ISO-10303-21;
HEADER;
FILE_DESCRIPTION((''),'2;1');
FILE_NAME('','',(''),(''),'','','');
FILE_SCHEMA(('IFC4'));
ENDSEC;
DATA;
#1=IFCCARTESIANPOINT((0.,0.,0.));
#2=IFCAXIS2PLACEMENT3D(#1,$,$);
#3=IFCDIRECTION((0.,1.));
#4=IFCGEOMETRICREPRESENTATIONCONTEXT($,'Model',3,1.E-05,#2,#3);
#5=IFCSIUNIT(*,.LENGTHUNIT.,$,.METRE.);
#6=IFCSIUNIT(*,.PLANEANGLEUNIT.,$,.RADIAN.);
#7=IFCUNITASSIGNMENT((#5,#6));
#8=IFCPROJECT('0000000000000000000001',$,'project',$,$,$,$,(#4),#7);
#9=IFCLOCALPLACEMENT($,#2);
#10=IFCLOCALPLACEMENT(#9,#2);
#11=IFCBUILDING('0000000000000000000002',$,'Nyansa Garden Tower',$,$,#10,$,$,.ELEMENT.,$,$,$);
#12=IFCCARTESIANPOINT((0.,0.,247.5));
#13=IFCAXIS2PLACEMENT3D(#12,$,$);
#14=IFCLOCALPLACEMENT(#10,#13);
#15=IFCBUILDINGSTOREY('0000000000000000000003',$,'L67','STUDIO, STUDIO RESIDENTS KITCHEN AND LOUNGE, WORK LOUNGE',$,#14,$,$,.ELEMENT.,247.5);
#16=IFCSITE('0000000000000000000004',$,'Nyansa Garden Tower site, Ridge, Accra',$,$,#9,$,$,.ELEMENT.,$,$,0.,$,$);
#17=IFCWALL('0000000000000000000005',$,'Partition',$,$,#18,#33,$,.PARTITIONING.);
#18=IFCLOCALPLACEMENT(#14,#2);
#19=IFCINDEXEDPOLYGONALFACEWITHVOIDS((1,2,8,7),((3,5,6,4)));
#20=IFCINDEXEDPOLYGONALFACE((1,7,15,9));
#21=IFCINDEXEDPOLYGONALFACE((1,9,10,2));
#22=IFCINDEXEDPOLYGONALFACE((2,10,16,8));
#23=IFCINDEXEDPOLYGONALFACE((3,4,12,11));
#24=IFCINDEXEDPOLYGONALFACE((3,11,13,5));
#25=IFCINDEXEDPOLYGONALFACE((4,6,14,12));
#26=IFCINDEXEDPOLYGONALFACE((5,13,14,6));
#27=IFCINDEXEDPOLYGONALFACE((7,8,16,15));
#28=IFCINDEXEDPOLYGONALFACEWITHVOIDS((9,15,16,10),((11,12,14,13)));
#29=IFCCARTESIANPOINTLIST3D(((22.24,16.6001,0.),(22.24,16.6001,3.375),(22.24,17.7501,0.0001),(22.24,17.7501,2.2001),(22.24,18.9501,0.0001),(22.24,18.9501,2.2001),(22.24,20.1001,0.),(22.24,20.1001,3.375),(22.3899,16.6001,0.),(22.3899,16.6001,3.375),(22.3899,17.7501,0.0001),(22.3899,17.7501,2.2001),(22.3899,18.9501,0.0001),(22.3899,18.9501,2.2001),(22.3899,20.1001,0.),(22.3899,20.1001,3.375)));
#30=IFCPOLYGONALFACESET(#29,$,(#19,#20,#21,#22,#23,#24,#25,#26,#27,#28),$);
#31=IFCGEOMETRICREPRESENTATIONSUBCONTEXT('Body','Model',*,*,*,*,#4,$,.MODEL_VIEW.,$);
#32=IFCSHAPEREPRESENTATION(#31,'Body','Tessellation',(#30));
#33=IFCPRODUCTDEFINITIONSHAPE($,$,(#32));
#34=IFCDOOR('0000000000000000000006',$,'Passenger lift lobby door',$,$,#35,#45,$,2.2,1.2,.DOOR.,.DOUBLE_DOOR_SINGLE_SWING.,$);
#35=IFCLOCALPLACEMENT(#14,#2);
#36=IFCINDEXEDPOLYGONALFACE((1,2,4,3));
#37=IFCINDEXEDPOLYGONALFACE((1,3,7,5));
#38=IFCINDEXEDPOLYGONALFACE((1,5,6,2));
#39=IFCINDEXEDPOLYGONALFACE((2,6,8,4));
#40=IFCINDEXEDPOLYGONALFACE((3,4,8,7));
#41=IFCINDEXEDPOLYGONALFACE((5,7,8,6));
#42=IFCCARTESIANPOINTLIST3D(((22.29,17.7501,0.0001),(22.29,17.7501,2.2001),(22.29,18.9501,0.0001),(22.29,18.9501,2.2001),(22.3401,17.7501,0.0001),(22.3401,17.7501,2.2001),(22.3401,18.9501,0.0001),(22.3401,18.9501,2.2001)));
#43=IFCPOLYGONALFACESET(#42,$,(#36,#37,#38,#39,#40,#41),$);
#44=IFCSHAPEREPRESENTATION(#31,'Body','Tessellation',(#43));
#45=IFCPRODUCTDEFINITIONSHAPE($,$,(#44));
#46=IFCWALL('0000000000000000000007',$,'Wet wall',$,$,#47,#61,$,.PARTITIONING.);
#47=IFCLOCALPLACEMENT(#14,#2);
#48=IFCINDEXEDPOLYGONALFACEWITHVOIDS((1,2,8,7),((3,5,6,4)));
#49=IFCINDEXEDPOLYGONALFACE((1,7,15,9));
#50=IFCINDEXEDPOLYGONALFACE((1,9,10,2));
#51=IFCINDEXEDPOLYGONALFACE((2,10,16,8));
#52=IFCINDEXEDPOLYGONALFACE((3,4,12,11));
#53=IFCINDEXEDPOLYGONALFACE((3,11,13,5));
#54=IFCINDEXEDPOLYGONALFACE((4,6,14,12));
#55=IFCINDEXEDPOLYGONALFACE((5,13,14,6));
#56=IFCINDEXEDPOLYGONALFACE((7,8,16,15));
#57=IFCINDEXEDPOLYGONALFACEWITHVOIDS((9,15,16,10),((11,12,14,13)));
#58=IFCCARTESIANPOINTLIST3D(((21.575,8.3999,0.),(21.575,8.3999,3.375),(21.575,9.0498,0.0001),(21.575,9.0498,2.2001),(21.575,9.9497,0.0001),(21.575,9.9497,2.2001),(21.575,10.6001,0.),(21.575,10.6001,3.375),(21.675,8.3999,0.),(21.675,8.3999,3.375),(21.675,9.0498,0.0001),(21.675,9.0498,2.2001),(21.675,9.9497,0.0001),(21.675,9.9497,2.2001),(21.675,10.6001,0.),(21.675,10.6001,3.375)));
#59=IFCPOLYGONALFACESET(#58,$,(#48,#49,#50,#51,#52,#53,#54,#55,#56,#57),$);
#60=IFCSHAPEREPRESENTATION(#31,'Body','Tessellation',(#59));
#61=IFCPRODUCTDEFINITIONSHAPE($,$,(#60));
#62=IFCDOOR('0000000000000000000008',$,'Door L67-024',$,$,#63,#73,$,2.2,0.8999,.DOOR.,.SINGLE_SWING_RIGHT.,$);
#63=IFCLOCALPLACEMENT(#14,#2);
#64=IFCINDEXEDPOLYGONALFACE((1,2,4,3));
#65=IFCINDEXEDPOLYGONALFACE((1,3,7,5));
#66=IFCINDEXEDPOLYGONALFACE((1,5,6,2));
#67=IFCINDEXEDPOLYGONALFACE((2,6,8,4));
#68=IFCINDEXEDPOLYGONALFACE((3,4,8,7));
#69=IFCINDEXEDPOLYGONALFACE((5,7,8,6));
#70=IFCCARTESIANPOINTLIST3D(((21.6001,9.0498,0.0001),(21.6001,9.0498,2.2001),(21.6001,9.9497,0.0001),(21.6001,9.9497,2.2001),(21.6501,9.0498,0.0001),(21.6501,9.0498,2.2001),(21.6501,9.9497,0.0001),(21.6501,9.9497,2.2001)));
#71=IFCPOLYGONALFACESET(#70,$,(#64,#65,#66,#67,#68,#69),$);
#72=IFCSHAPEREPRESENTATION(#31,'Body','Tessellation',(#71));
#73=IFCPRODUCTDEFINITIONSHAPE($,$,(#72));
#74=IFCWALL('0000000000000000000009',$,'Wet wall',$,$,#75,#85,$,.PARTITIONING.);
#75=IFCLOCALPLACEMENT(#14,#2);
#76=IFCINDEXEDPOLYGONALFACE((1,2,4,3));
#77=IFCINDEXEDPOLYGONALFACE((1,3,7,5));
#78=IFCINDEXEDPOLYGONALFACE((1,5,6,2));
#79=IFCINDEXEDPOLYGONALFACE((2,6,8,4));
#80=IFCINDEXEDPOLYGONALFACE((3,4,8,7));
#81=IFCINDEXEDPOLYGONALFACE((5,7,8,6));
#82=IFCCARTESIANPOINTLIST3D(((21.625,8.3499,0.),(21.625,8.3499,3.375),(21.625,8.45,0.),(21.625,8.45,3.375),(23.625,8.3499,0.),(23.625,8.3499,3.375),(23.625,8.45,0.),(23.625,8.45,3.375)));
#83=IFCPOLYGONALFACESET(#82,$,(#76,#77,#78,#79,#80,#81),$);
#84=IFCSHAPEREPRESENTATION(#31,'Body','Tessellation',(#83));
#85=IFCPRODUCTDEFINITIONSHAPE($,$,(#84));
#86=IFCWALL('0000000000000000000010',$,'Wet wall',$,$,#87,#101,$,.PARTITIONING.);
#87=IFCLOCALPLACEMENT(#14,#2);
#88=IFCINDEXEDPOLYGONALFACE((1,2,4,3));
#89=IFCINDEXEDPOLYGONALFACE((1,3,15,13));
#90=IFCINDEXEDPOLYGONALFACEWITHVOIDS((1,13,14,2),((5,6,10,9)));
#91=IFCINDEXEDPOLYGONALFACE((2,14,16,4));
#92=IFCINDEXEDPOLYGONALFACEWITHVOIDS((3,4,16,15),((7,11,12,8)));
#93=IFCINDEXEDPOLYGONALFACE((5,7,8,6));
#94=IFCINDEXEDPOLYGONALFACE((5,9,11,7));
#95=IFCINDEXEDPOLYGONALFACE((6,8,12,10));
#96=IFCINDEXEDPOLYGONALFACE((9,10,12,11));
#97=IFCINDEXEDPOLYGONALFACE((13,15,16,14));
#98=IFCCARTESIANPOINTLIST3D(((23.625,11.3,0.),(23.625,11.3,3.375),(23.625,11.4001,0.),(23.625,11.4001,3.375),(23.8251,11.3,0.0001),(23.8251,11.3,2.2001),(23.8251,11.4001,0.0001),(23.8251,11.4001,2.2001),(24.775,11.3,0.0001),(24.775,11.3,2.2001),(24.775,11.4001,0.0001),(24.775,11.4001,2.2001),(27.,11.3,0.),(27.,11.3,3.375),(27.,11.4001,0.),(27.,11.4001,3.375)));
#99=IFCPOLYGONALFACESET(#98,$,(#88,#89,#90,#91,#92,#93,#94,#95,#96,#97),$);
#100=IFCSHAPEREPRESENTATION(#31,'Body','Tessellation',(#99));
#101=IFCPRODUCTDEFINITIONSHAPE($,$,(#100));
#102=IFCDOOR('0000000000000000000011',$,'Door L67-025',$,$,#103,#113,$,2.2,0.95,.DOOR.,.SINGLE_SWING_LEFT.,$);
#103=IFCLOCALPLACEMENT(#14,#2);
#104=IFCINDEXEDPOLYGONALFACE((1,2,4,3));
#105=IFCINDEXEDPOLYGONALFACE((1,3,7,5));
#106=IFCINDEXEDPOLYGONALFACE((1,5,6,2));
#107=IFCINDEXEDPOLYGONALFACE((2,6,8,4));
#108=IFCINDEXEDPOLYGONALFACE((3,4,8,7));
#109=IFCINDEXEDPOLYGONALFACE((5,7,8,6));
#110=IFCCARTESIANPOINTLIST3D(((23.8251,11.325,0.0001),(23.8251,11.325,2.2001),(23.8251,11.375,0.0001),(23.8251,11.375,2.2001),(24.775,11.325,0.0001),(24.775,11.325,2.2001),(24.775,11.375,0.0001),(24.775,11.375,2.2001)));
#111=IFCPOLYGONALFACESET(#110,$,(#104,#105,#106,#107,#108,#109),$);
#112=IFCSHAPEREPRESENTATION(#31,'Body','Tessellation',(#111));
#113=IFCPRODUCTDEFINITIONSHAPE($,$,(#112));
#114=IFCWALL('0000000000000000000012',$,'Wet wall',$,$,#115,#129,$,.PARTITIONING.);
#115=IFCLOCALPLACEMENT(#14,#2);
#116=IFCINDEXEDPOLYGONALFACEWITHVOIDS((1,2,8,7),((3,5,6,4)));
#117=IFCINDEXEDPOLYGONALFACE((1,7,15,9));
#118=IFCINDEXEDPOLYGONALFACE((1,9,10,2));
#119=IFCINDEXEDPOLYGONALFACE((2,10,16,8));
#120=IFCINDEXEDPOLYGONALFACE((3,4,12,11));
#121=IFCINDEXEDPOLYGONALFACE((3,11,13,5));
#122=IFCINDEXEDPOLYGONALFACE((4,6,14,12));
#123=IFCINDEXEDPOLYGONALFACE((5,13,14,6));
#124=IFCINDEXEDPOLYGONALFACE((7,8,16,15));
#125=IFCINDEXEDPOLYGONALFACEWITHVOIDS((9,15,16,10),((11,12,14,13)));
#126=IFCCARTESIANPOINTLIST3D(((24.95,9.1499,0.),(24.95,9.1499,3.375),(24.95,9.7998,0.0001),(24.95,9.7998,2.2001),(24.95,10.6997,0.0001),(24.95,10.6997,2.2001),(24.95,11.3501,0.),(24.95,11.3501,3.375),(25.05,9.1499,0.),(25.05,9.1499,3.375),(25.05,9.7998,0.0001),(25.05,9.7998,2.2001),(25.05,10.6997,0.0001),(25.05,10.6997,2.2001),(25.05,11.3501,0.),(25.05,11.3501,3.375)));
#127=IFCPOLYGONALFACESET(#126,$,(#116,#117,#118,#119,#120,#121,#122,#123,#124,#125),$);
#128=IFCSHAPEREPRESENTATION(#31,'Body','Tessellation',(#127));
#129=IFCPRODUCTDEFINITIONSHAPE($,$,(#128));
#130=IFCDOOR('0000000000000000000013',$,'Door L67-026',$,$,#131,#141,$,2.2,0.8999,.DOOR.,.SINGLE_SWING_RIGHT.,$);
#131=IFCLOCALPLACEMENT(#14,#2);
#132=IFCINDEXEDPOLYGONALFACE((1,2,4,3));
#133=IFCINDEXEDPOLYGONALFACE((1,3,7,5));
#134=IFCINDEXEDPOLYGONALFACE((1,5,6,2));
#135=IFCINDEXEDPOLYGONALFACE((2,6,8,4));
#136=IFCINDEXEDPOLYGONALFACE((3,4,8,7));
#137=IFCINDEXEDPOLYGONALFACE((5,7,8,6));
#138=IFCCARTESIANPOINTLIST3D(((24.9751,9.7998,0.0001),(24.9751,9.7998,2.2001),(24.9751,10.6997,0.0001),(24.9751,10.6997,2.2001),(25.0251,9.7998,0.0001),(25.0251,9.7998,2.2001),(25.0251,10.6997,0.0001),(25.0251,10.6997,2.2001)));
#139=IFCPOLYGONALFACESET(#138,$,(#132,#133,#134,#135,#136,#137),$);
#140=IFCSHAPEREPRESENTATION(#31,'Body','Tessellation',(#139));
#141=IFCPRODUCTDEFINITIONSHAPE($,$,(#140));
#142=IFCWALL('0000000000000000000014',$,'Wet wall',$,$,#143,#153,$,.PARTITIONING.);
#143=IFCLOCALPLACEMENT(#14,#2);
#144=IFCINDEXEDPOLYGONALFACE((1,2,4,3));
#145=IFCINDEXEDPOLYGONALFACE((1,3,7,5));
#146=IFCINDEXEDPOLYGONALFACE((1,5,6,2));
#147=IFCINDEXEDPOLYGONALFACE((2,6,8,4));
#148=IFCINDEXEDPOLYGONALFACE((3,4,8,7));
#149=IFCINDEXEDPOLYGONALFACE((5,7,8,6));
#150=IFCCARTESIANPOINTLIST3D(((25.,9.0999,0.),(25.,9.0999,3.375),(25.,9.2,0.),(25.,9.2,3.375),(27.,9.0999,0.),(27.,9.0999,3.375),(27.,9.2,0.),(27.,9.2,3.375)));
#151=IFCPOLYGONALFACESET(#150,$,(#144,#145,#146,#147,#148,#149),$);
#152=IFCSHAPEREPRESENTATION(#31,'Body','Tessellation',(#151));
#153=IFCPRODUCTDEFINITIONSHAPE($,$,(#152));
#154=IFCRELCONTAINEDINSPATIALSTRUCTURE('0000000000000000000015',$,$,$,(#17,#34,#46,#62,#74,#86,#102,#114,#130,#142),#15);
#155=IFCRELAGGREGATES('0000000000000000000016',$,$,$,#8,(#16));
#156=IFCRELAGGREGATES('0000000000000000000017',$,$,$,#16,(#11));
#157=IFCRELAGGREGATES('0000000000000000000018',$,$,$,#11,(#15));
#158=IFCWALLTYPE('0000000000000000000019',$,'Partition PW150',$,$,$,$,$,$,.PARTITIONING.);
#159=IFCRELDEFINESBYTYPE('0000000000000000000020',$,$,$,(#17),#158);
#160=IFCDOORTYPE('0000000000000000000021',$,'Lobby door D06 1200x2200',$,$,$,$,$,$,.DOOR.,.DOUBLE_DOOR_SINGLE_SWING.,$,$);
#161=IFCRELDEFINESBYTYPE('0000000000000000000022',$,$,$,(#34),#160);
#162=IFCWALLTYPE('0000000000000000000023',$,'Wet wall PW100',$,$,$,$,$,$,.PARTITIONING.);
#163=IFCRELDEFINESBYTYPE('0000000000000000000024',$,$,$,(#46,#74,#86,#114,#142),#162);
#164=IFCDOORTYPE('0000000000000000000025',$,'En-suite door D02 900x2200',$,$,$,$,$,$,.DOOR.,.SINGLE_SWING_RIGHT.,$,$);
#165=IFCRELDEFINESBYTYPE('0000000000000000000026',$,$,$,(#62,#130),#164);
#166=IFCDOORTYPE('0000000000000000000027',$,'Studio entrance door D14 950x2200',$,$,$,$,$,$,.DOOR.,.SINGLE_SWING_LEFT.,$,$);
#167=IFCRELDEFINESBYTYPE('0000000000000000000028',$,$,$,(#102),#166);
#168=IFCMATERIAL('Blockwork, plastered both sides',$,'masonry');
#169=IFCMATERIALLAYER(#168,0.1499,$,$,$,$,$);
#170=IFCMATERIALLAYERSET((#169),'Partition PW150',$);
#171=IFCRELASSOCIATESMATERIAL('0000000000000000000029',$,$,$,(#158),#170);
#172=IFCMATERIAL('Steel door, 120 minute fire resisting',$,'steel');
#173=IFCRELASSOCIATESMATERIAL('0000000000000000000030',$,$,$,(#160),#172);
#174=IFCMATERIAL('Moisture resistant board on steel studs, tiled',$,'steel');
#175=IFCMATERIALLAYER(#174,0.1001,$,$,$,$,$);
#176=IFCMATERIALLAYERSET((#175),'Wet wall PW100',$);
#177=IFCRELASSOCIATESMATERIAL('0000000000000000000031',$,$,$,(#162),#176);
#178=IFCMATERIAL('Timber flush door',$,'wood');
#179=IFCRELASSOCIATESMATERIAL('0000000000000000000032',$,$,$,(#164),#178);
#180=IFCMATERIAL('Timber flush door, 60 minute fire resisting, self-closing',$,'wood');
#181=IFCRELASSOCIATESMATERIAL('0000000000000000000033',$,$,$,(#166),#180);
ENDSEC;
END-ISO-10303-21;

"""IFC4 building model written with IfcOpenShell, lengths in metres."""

from ifc_helpers import new_model, si_unit, direction, frame, frame_2d, origin, place, context, subcontext, project, spatial, rectangle, extrude, material, layer, layer_set, type_object, element, fill, save


model = new_model("IFC4")

# Units and contexts
model_context = context("Model", 3, precision=1e-05, world=origin(), true_north=direction((0.0, 1.0)))
body_context = subcontext(model_context, "Body", "Model", "MODEL_VIEW")
ifc_project = project(units=[si_unit("LENGTHUNIT", "METRE"), si_unit("PLANEANGLEUNIT", "RADIAN")], contexts=[model_context])

# Site, building, storey
site_placement = place(None, origin())
site = spatial("IfcSite", under=ifc_project, at=site_placement, Name="Nyansa Garden Tower site, Ridge, Accra", CompositionType="ELEMENT", RefElevation=0.0)
building_placement = place(site_placement, origin())
building = spatial("IfcBuilding", under=site, at=building_placement, Name="Nyansa Garden Tower", CompositionType="ELEMENT")
storey_placement = place(building_placement, frame((0.0, 0.0, 247.5)))
storey = spatial("IfcBuildingStorey", under=building, at=storey_placement, Name="L67", Description="STUDIO, STUDIO RESIDENTS KITCHEN AND LOUNGE, WORK LOUNGE", CompositionType="ELEMENT", Elevation=247.5)

# Walls, openings, doors
ifc_material_1 = material(Name="Blockwork, plastered both sides", Category="masonry")
ifc_layer_1 = layer(ifc_material_1, 0.1499)
ifc_layer_set_1 = layer_set([ifc_layer_1], Name="Partition PW150")
wall_type_1 = type_object("IfcWallType", Name="Partition PW150", PredefinedType="PARTITIONING", material=ifc_layer_set_1)
ifc_material_2 = material(Name="Steel door, 120 minute fire resisting", Category="steel")
door_type_1 = type_object("IfcDoorType", Name="Lobby door D06 1200x2200", OperationType="DOUBLE_DOOR_SINGLE_SWING", PredefinedType="DOOR", material=ifc_material_2)
wall_1_placement = place(storey_placement, frame((22.3149, 16.6001, 0.0), z_axis=(0.0, 0.0, 1.0), x_axis=(0.0, 1.0, 0.0)))
wall_1 = element("IfcWall", 1, at=wall_1_placement, inside=storey, type_object=wall_type_1, Name="Partition", PredefinedType="PARTITIONING", context=body_context, shape_type="SweptSolid", body=[
    extrude(rectangle(XDim=3.5, YDim=0.1499, at=frame_2d((1.75, 0.0))), origin(), (0.0, 0.0, 1.0), 3.375),
])
opening_1_placement = place(wall_1_placement, frame((1.1499, 0.0, 0.0)))
opening_1 = element("IfcOpeningElement", 2, at=opening_1_placement, cuts=wall_1, PredefinedType="OPENING", context=body_context, shape_type="SweptSolid", body=[
    extrude(rectangle(XDim=1.2, YDim=2.2, at=frame_2d((0.6001, 1.1001))), frame((0.0, 0.085, 0.0), z_axis=(0.0, -1.0, 0.0), x_axis=(1.0, 0.0, 0.0)), (0.0, 0.0, 1.0), 0.1699),
])
door_1_placement = place(opening_1_placement, origin())
door_1 = element("IfcDoor", 3, at=door_1_placement, inside=storey, type_object=door_type_1, Name="Passenger lift lobby door", OperationType="DOUBLE_DOOR_SINGLE_SWING", OverallHeight=2.2, OverallWidth=1.2, PredefinedType="DOOR", context=body_context, shape_type="SweptSolid", body=[
    extrude(rectangle(XDim=1.2, YDim=2.2, at=frame_2d((0.6001, 1.1001))), frame((0.0, 0.0249, 0.0), z_axis=(0.0, -1.0, 0.0), x_axis=(1.0, 0.0, 0.0)), (0.0, 0.0, 1.0), 0.05),
])
fill(opening_1, door_1)
ifc_material_3 = material(Name="Moisture resistant board on steel studs, tiled", Category="steel")
ifc_layer_2 = layer(ifc_material_3, 0.1001)
ifc_layer_set_2 = layer_set([ifc_layer_2], Name="Wet wall PW100")
wall_type_2 = type_object("IfcWallType", Name="Wet wall PW100", PredefinedType="PARTITIONING", material=ifc_layer_set_2)
wall_2_placement = place(storey_placement, frame((21.625, 8.3999, 0.0), z_axis=(0.0, 0.0, 1.0), x_axis=(0.0, 1.0, 0.0)))
wall_2 = element("IfcWall", 4, at=wall_2_placement, inside=storey, type_object=wall_type_2, Name="Wet wall", PredefinedType="PARTITIONING", context=body_context, shape_type="SweptSolid", body=[
    extrude(rectangle(XDim=2.2002, YDim=0.1001, at=frame_2d((1.1001, 0.0))), origin(), (0.0, 0.0, 1.0), 3.375),
])
opening_2_placement = place(wall_2_placement, frame((0.6499, 0.0, 0.0)))
opening_2 = element("IfcOpeningElement", 5, at=opening_2_placement, cuts=wall_2, PredefinedType="OPENING", context=body_context, shape_type="SweptSolid", body=[
    extrude(rectangle(XDim=0.8999, YDim=2.2, at=frame_2d((0.45, 1.1001))), frame((0.0, 0.0601, 0.0), z_axis=(0.0, -1.0, 0.0), x_axis=(1.0, 0.0, 0.0)), (0.0, 0.0, 1.0), 0.1201),
])
ifc_material_4 = material(Name="Timber flush door", Category="wood")
door_type_2 = type_object("IfcDoorType", Name="En-suite door D02 900x2200", OperationType="SINGLE_SWING_RIGHT", PredefinedType="DOOR", material=ifc_material_4)
door_2_placement = place(opening_2_placement, origin())
door_2 = element("IfcDoor", 6, at=door_2_placement, inside=storey, type_object=door_type_2, Name="Door L67-024", OperationType="SINGLE_SWING_RIGHT", OverallHeight=2.2, OverallWidth=0.8999, PredefinedType="DOOR", context=body_context, shape_type="SweptSolid", body=[
    extrude(rectangle(XDim=0.8999, YDim=2.2, at=frame_2d((0.45, 1.1001))), frame((0.0, 0.0249, 0.0), z_axis=(0.0, -1.0, 0.0), x_axis=(1.0, 0.0, 0.0)), (0.0, 0.0, 1.0), 0.05),
])
fill(opening_2, door_2)

# Wall
wall_3_placement = place(storey_placement, frame((21.625, 8.3999, 0.0), z_axis=(0.0, 0.0, 1.0), x_axis=(1.0, 0.0, 0.0)))
element("IfcWall", 7, at=wall_3_placement, inside=storey, type_object=wall_type_2, Name="Wet wall", PredefinedType="PARTITIONING", context=body_context, shape_type="SweptSolid", body=[
    extrude(rectangle(XDim=2.0, YDim=0.1001, at=frame_2d((1.0, 0.0))), origin(), (0.0, 0.0, 1.0), 3.375),
])

# Walls, openings, doors
wall_4_placement = place(storey_placement, frame((23.625, 11.3501, 0.0), z_axis=(0.0, 0.0, 1.0), x_axis=(1.0, 0.0, 0.0)))
wall_4 = element("IfcWall", 8, at=wall_4_placement, inside=storey, type_object=wall_type_2, Name="Wet wall", PredefinedType="PARTITIONING", context=body_context, shape_type="SweptSolid", body=[
    extrude(rectangle(XDim=3.375, YDim=0.1001, at=frame_2d((1.6875, 0.0))), origin(), (0.0, 0.0, 1.0), 3.375),
])
opening_3_placement = place(wall_4_placement, frame((0.2, 0.0, 0.0)))
opening_3 = element("IfcOpeningElement", 9, at=opening_3_placement, cuts=wall_4, PredefinedType="OPENING", context=body_context, shape_type="SweptSolid", body=[
    extrude(rectangle(XDim=0.95, YDim=2.2, at=frame_2d((0.4751, 1.1001))), frame((0.0, 0.0601, 0.0), z_axis=(0.0, -1.0, 0.0), x_axis=(1.0, 0.0, 0.0)), (0.0, 0.0, 1.0), 0.1201),
])
ifc_material_5 = material(Name="Timber flush door, 60 minute fire resisting, self-closing", Category="wood")
door_type_3 = type_object("IfcDoorType", Name="Studio entrance door D14 950x2200", OperationType="SINGLE_SWING_LEFT", PredefinedType="DOOR", material=ifc_material_5)
door_3_placement = place(opening_3_placement, origin())
door_3 = element("IfcDoor", 10, at=door_3_placement, inside=storey, type_object=door_type_3, Name="Door L67-025", OperationType="SINGLE_SWING_LEFT", OverallHeight=2.2, OverallWidth=0.95, PredefinedType="DOOR", context=body_context, shape_type="SweptSolid", body=[
    extrude(rectangle(XDim=0.95, YDim=2.2, at=frame_2d((0.4751, 1.1001))), frame((0.0, 0.0249, 0.0), z_axis=(0.0, -1.0, 0.0), x_axis=(1.0, 0.0, 0.0)), (0.0, 0.0, 1.0), 0.05),
])
fill(opening_3, door_3)
wall_5_placement = place(storey_placement, frame((25.0, 9.1499, 0.0), z_axis=(0.0, 0.0, 1.0), x_axis=(0.0, 1.0, 0.0)))
wall_5 = element("IfcWall", 11, at=wall_5_placement, inside=storey, type_object=wall_type_2, Name="Wet wall", PredefinedType="PARTITIONING", context=body_context, shape_type="SweptSolid", body=[
    extrude(rectangle(XDim=2.2002, YDim=0.1001, at=frame_2d((1.1001, 0.0))), origin(), (0.0, 0.0, 1.0), 3.375),
])
opening_4_placement = place(wall_5_placement, frame((0.6499, 0.0, 0.0)))
opening_4 = element("IfcOpeningElement", 12, at=opening_4_placement, cuts=wall_5, PredefinedType="OPENING", context=body_context, shape_type="SweptSolid", body=[
    extrude(rectangle(XDim=0.8999, YDim=2.2, at=frame_2d((0.45, 1.1001))), frame((0.0, 0.0601, 0.0), z_axis=(0.0, -1.0, 0.0), x_axis=(1.0, 0.0, 0.0)), (0.0, 0.0, 1.0), 0.1201),
])
door_4_placement = place(opening_4_placement, origin())
door_4 = element("IfcDoor", 13, at=door_4_placement, inside=storey, type_object=door_type_2, Name="Door L67-026", OperationType="SINGLE_SWING_RIGHT", OverallHeight=2.2, OverallWidth=0.8999, PredefinedType="DOOR", context=body_context, shape_type="SweptSolid", body=[
    extrude(rectangle(XDim=0.8999, YDim=2.2, at=frame_2d((0.45, 1.1001))), frame((0.0, 0.0249, 0.0), z_axis=(0.0, -1.0, 0.0), x_axis=(1.0, 0.0, 0.0)), (0.0, 0.0, 1.0), 0.05),
])
fill(opening_4, door_4)

# Wall
wall_6_placement = place(storey_placement, frame((25.0, 9.1499, 0.0), z_axis=(0.0, 0.0, 1.0), x_axis=(1.0, 0.0, 0.0)))
element("IfcWall", 14, at=wall_6_placement, inside=storey, type_object=wall_type_2, Name="Wet wall", PredefinedType="PARTITIONING", context=body_context, shape_type="SweptSolid", body=[
    extrude(rectangle(XDim=2.0, YDim=0.1001, at=frame_2d((1.0, 0.0))), origin(), (0.0, 0.0, 1.0), 3.375),
])

save(model, "model.ifc")
